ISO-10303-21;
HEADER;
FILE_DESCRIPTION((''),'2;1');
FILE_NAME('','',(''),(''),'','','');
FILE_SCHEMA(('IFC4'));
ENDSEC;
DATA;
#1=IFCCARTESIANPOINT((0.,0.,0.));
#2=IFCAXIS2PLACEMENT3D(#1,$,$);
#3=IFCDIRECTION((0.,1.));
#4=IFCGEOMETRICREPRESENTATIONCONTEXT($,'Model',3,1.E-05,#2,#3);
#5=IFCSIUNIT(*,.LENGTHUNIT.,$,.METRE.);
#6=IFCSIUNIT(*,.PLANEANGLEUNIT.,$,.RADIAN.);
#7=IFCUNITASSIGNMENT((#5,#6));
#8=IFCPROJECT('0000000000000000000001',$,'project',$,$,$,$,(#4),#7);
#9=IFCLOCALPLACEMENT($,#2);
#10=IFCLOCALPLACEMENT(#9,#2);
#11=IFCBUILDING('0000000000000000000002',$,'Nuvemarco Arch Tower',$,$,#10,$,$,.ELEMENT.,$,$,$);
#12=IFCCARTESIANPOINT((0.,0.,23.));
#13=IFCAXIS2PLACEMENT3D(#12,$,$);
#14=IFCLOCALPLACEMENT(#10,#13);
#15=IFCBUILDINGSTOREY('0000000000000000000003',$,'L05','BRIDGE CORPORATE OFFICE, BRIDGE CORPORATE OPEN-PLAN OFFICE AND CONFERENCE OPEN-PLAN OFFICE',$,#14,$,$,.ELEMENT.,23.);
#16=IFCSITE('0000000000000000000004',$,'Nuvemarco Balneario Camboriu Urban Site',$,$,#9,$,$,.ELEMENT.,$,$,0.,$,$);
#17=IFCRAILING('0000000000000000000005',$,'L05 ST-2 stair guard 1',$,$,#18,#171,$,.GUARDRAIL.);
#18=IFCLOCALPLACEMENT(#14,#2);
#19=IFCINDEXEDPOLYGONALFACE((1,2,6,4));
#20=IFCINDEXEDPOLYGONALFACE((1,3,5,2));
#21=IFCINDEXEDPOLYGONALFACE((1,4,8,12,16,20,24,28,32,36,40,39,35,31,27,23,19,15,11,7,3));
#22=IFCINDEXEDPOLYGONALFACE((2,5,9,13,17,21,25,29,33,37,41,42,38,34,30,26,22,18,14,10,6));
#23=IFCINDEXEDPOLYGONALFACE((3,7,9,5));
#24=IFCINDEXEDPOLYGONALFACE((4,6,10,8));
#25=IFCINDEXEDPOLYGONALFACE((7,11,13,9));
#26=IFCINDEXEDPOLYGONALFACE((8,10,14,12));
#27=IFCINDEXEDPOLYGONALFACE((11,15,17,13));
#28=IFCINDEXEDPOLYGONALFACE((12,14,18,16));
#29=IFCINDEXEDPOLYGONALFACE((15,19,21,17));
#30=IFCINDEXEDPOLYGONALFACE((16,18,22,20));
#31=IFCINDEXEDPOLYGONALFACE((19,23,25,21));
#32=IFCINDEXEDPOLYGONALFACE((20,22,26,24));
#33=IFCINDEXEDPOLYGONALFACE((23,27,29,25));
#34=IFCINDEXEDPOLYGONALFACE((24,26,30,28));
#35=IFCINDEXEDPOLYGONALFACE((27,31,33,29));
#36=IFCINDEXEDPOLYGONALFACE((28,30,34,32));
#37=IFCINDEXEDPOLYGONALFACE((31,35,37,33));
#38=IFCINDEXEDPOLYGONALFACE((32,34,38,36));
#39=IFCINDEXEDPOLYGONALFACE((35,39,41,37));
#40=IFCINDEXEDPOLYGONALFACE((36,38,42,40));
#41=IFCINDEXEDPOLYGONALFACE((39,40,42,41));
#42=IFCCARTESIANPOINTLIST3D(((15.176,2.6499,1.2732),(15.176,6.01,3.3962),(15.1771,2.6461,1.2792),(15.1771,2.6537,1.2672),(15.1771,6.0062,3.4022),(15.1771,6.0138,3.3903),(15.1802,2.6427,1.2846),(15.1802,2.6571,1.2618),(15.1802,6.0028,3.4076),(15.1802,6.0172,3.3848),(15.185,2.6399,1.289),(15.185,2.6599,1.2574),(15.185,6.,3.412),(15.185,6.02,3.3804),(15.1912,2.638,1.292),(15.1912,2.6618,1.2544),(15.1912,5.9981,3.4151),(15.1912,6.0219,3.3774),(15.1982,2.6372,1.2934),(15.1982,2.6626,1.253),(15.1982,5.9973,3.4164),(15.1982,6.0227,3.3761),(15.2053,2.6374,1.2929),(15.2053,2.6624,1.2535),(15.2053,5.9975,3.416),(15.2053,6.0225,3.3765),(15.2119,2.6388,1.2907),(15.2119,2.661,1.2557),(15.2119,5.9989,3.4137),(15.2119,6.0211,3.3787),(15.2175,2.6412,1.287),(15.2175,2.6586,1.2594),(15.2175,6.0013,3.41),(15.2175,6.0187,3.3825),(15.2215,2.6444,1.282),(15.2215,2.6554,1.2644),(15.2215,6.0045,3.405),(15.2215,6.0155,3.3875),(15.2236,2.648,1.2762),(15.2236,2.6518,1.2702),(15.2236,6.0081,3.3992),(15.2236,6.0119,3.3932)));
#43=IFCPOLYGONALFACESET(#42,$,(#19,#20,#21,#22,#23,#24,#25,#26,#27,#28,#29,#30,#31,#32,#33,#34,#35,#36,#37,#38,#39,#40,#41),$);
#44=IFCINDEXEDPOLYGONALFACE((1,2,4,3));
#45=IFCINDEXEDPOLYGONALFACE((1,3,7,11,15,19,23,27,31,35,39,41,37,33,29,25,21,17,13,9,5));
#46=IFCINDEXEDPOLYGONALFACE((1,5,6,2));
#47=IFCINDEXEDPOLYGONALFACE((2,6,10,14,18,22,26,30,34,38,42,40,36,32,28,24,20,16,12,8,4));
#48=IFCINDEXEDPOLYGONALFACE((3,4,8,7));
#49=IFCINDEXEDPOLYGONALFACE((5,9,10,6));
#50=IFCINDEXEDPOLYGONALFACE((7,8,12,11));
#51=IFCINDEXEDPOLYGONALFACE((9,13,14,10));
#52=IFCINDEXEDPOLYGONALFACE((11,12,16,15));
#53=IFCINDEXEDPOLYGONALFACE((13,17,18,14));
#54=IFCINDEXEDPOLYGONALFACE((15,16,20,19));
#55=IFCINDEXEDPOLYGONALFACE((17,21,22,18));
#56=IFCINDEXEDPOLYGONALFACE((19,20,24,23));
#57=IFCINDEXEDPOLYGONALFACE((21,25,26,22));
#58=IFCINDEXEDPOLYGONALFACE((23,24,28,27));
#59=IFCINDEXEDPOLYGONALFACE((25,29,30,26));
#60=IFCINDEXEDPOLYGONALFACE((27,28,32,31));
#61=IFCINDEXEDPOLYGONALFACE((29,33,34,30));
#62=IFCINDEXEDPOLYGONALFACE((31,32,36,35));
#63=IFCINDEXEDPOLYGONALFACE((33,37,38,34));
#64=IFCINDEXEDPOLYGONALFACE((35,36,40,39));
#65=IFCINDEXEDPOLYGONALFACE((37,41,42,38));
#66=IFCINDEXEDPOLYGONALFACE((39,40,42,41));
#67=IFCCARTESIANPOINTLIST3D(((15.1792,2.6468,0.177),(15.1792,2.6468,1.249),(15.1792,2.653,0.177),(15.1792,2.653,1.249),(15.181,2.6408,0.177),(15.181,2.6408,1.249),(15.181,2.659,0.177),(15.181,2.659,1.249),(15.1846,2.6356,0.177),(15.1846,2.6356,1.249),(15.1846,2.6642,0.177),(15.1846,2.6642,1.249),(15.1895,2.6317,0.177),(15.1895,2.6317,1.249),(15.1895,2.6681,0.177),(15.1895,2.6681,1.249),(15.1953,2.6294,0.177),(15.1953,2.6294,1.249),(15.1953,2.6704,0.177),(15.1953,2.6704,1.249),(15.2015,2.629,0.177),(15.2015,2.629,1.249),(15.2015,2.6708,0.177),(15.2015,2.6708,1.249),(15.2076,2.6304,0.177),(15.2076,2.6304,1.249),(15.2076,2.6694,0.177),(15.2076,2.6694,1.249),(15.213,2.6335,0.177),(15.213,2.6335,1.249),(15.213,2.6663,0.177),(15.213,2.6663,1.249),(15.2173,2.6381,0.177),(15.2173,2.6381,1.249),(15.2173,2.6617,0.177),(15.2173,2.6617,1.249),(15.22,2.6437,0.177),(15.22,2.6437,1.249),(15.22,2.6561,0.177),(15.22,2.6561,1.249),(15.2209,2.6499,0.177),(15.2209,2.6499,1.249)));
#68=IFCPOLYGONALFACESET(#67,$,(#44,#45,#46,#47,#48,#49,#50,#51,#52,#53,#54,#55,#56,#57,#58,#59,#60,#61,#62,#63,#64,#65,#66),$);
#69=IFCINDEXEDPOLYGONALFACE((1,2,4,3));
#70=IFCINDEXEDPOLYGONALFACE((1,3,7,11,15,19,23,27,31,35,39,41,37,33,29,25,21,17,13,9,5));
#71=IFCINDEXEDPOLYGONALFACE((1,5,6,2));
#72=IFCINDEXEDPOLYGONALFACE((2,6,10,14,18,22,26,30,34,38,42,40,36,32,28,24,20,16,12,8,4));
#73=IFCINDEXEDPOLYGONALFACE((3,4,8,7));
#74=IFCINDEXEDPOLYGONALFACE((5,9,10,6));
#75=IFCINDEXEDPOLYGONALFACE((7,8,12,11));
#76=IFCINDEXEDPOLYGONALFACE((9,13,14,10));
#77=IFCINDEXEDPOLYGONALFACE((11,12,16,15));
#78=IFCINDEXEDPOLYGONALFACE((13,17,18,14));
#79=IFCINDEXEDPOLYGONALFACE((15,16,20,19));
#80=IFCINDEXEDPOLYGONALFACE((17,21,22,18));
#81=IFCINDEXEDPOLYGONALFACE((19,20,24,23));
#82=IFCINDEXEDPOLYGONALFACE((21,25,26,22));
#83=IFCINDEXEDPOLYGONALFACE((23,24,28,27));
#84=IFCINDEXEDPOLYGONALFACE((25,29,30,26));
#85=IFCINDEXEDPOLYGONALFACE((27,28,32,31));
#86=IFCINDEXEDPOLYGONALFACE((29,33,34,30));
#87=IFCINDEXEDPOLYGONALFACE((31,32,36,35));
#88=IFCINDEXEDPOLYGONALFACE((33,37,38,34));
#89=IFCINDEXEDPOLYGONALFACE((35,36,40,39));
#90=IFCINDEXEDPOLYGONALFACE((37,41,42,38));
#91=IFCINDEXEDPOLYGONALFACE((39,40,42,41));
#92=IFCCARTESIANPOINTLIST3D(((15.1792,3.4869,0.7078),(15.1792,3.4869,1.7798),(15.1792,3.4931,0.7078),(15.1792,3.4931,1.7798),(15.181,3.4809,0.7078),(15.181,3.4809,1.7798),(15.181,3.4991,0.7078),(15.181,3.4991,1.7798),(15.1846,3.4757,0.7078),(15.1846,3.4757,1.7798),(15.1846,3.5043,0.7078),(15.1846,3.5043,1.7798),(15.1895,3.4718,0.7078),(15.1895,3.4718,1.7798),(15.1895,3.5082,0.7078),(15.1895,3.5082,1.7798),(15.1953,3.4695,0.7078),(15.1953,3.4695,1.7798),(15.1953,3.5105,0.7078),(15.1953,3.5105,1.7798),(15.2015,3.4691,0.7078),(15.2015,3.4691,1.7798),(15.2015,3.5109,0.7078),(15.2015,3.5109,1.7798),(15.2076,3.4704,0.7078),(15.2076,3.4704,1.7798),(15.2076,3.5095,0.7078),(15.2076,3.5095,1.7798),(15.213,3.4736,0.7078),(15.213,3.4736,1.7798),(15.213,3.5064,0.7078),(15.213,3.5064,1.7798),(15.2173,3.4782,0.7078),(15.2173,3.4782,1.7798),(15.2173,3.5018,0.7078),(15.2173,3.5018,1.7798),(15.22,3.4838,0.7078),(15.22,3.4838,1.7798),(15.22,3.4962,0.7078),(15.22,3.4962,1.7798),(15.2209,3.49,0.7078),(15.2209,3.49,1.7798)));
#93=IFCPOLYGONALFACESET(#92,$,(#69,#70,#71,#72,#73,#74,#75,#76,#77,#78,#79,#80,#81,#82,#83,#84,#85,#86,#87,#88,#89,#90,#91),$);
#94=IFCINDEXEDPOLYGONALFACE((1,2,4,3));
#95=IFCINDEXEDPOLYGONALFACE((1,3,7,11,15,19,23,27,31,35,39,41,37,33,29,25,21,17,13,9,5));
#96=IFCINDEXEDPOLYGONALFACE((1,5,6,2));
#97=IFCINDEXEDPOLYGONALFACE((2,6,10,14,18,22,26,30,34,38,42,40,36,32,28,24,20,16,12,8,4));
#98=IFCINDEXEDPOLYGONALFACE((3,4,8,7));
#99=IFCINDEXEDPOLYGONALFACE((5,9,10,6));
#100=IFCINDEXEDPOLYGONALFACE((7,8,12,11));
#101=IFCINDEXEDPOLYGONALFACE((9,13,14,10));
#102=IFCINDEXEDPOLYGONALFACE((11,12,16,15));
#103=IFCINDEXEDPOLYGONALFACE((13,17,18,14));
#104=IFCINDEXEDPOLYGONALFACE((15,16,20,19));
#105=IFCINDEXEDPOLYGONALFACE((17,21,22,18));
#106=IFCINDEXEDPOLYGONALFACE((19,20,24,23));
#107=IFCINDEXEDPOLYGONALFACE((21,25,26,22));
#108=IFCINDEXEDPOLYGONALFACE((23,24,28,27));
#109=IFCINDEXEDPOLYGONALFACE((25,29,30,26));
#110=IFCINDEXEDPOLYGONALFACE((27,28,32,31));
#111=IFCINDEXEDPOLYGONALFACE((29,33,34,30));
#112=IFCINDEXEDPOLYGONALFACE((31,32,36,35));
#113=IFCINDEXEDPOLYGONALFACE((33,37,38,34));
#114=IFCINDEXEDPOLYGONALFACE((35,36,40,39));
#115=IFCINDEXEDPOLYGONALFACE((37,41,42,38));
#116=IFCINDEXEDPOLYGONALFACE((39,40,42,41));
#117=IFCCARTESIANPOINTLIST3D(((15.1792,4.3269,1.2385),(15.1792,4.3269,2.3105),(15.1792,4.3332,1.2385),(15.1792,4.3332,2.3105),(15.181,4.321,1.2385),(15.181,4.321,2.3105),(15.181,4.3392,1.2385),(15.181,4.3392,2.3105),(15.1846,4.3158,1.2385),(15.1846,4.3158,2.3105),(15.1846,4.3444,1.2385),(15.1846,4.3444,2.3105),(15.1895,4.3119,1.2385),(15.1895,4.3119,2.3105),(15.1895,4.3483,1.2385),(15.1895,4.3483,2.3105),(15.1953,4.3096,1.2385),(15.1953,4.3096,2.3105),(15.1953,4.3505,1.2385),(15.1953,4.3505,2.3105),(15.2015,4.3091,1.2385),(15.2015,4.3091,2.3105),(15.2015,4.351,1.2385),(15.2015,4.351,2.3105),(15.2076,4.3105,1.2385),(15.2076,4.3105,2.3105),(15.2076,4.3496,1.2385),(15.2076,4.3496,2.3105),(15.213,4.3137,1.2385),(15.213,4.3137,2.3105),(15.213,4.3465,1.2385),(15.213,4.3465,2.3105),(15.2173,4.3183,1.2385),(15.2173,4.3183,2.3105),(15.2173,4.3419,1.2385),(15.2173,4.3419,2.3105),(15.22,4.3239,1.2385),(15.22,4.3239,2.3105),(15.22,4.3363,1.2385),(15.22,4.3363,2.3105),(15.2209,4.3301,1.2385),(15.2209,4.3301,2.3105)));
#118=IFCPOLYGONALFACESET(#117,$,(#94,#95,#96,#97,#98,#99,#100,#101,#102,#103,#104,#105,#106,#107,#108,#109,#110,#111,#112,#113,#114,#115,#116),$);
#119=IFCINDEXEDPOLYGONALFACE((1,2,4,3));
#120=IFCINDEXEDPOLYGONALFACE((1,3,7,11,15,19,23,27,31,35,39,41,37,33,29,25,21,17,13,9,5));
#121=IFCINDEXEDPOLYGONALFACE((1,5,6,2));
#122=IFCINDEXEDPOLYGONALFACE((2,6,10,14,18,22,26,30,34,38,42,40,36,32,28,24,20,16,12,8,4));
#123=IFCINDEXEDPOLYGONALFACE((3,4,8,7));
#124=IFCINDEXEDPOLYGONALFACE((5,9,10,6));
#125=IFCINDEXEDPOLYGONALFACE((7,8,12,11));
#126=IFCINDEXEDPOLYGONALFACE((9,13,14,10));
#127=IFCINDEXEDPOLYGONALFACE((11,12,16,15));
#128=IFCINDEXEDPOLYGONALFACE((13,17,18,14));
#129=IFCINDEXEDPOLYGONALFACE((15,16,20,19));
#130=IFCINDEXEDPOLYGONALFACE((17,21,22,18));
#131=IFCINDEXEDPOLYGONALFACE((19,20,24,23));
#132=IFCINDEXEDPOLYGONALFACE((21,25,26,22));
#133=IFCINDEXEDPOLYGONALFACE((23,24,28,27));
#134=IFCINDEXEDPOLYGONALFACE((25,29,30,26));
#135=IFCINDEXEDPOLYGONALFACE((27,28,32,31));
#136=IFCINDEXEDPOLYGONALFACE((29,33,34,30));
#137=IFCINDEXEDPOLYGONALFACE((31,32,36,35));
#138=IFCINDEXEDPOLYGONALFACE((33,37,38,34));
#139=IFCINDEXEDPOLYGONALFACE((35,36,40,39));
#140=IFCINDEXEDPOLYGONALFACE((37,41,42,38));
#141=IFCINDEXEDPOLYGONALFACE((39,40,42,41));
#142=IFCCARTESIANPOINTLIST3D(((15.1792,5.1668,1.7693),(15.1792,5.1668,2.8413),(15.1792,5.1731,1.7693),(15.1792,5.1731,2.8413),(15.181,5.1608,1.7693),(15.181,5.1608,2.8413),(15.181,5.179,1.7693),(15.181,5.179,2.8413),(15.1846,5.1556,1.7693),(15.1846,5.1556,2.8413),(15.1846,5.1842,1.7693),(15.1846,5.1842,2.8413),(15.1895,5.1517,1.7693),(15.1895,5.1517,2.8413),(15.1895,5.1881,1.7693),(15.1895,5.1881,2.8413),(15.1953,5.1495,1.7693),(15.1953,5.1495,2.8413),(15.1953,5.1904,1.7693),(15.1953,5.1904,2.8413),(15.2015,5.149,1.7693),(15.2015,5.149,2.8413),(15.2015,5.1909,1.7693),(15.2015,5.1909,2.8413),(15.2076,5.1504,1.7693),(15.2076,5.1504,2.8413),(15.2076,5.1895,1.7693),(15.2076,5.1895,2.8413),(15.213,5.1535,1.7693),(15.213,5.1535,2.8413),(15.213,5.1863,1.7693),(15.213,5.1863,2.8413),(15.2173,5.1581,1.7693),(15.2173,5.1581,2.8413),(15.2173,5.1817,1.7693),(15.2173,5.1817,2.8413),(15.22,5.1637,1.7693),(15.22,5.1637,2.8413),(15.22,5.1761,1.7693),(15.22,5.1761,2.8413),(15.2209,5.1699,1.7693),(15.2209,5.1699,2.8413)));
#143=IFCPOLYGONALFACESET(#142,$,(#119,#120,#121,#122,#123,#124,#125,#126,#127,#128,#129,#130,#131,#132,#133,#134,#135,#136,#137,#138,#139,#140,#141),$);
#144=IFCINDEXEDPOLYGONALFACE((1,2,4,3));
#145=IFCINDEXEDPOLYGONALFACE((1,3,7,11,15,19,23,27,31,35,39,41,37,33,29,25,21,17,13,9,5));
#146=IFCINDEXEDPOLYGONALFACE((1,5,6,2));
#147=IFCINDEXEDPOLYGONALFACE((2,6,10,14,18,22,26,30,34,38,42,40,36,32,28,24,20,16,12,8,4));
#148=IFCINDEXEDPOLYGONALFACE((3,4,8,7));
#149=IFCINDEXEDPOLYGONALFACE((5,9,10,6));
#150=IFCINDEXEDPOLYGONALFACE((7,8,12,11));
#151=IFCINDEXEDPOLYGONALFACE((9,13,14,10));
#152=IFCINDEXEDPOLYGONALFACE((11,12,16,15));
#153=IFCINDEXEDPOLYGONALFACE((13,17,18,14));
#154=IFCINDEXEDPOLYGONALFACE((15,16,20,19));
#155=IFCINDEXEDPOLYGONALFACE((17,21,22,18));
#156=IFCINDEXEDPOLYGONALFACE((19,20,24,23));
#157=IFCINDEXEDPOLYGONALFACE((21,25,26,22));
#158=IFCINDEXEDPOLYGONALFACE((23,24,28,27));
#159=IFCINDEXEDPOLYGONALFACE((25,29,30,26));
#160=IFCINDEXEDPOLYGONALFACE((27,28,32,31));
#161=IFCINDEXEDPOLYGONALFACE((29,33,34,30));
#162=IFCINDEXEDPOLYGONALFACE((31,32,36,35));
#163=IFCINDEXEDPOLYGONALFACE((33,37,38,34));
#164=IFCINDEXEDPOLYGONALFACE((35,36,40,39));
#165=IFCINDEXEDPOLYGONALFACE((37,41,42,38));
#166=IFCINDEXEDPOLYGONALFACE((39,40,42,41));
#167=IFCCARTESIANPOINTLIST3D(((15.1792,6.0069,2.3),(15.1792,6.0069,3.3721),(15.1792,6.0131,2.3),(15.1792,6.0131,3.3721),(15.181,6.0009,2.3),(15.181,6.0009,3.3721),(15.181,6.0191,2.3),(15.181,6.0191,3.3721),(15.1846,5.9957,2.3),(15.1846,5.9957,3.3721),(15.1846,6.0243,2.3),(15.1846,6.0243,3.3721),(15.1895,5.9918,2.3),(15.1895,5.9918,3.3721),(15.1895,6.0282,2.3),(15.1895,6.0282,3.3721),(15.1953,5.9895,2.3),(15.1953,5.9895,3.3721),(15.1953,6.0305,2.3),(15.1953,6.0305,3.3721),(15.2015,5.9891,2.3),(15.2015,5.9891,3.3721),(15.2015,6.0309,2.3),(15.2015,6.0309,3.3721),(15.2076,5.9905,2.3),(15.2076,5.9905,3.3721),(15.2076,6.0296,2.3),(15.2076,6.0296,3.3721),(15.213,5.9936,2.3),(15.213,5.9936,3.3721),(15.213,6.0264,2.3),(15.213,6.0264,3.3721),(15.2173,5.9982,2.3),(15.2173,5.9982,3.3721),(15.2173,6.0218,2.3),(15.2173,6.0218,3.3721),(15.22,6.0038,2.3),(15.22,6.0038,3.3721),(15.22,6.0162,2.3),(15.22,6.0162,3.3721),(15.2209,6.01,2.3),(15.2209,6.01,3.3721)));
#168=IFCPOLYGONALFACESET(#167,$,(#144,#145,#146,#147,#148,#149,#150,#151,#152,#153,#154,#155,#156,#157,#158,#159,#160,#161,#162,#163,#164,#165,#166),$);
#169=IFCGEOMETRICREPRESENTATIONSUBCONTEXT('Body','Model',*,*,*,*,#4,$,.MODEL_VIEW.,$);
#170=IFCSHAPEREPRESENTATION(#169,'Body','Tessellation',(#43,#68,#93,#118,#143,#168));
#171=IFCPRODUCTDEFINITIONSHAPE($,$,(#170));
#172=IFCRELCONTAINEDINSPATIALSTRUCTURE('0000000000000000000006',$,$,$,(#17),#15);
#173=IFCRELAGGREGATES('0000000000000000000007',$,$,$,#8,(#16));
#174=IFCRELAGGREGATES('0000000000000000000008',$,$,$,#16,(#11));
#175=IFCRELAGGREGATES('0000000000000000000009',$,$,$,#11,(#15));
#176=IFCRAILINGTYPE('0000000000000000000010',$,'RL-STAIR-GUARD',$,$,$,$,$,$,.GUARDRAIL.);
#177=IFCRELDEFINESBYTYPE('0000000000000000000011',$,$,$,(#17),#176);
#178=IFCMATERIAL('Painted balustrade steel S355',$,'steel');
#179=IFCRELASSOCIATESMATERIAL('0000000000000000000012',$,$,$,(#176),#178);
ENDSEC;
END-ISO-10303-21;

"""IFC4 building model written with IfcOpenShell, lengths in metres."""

from ifc_helpers import new_model, si_unit, direction, frame, origin, origin_2d, place, context, subcontext, project, spatial, circle, extrude, material, type_object, element, save


model = new_model("IFC4")

# Units and contexts
model_context = context("Model", 3, precision=1e-05, world=origin(), true_north=direction((0.0, 1.0)))
body_context = subcontext(model_context, "Body", "Model", "MODEL_VIEW")
ifc_project = project(units=[si_unit("LENGTHUNIT", "METRE"), si_unit("PLANEANGLEUNIT", "RADIAN")], contexts=[model_context])

# Site, building, storey
site_placement = place(None, origin())
site = spatial("IfcSite", under=ifc_project, at=site_placement, Name="Nuvemarco Balneario Camboriu Urban Site", CompositionType="ELEMENT", RefElevation=0.0)
building_placement = place(site_placement, origin())
building = spatial("IfcBuilding", under=site, at=building_placement, Name="Nuvemarco Arch Tower", CompositionType="ELEMENT")
storey_placement = place(building_placement, frame((0.0, 0.0, 23.0)))
storey = spatial("IfcBuildingStorey", under=building, at=storey_placement, Name="L05", Description="BRIDGE CORPORATE OFFICE, BRIDGE CORPORATE OPEN-PLAN OFFICE AND CONFERENCE OPEN-PLAN OFFICE", CompositionType="ELEMENT", Elevation=23.0)

# Railing
ifc_material_1 = material(Name="Painted balustrade steel S355", Category="steel")
railing_type_1 = type_object("IfcRailingType", Name="RL-STAIR-GUARD", PredefinedType="GUARDRAIL", material=ifc_material_1)
railing_1_placement = place(storey_placement, frame((15.2, 2.6499, 0.177)))
element("IfcRailing", 1, at=railing_1_placement, inside=storey, type_object=railing_type_1, Name="L05 ST-2 stair guard 1", PredefinedType="GUARDRAIL", context=body_context, shape_type="SweptSolid", body=[
    extrude(circle(Radius=0.0239, at=origin_2d()), frame((0.0, 0.0, 1.0962), z_axis=(0.0, 0.84539, 0.53415), x_axis=(-1.0, 0.0, 0.0)), (0.0, 0.0, 1.0), 3.9746),
    extrude(circle(Radius=0.021, at=origin_2d()), origin(), (0.0, 0.0, 1.0), 1.072),
    extrude(circle(Radius=0.021, at=origin_2d()), frame((0.0, 0.8401, 0.5308)), (0.0, 0.0, 1.0), 1.072),
    extrude(circle(Radius=0.021, at=origin_2d()), frame((0.0, 1.6802, 1.0615)), (0.0, 0.0, 1.0), 1.072),
    extrude(circle(Radius=0.021, at=origin_2d()), frame((0.0, 2.52, 1.5923)), (0.0, 0.0, 1.0), 1.072),
    extrude(circle(Radius=0.021, at=origin_2d()), frame((0.0, 3.3601, 2.123)), (0.0, 0.0, 1.0), 1.072),
])

save(model, "model.ifc")
